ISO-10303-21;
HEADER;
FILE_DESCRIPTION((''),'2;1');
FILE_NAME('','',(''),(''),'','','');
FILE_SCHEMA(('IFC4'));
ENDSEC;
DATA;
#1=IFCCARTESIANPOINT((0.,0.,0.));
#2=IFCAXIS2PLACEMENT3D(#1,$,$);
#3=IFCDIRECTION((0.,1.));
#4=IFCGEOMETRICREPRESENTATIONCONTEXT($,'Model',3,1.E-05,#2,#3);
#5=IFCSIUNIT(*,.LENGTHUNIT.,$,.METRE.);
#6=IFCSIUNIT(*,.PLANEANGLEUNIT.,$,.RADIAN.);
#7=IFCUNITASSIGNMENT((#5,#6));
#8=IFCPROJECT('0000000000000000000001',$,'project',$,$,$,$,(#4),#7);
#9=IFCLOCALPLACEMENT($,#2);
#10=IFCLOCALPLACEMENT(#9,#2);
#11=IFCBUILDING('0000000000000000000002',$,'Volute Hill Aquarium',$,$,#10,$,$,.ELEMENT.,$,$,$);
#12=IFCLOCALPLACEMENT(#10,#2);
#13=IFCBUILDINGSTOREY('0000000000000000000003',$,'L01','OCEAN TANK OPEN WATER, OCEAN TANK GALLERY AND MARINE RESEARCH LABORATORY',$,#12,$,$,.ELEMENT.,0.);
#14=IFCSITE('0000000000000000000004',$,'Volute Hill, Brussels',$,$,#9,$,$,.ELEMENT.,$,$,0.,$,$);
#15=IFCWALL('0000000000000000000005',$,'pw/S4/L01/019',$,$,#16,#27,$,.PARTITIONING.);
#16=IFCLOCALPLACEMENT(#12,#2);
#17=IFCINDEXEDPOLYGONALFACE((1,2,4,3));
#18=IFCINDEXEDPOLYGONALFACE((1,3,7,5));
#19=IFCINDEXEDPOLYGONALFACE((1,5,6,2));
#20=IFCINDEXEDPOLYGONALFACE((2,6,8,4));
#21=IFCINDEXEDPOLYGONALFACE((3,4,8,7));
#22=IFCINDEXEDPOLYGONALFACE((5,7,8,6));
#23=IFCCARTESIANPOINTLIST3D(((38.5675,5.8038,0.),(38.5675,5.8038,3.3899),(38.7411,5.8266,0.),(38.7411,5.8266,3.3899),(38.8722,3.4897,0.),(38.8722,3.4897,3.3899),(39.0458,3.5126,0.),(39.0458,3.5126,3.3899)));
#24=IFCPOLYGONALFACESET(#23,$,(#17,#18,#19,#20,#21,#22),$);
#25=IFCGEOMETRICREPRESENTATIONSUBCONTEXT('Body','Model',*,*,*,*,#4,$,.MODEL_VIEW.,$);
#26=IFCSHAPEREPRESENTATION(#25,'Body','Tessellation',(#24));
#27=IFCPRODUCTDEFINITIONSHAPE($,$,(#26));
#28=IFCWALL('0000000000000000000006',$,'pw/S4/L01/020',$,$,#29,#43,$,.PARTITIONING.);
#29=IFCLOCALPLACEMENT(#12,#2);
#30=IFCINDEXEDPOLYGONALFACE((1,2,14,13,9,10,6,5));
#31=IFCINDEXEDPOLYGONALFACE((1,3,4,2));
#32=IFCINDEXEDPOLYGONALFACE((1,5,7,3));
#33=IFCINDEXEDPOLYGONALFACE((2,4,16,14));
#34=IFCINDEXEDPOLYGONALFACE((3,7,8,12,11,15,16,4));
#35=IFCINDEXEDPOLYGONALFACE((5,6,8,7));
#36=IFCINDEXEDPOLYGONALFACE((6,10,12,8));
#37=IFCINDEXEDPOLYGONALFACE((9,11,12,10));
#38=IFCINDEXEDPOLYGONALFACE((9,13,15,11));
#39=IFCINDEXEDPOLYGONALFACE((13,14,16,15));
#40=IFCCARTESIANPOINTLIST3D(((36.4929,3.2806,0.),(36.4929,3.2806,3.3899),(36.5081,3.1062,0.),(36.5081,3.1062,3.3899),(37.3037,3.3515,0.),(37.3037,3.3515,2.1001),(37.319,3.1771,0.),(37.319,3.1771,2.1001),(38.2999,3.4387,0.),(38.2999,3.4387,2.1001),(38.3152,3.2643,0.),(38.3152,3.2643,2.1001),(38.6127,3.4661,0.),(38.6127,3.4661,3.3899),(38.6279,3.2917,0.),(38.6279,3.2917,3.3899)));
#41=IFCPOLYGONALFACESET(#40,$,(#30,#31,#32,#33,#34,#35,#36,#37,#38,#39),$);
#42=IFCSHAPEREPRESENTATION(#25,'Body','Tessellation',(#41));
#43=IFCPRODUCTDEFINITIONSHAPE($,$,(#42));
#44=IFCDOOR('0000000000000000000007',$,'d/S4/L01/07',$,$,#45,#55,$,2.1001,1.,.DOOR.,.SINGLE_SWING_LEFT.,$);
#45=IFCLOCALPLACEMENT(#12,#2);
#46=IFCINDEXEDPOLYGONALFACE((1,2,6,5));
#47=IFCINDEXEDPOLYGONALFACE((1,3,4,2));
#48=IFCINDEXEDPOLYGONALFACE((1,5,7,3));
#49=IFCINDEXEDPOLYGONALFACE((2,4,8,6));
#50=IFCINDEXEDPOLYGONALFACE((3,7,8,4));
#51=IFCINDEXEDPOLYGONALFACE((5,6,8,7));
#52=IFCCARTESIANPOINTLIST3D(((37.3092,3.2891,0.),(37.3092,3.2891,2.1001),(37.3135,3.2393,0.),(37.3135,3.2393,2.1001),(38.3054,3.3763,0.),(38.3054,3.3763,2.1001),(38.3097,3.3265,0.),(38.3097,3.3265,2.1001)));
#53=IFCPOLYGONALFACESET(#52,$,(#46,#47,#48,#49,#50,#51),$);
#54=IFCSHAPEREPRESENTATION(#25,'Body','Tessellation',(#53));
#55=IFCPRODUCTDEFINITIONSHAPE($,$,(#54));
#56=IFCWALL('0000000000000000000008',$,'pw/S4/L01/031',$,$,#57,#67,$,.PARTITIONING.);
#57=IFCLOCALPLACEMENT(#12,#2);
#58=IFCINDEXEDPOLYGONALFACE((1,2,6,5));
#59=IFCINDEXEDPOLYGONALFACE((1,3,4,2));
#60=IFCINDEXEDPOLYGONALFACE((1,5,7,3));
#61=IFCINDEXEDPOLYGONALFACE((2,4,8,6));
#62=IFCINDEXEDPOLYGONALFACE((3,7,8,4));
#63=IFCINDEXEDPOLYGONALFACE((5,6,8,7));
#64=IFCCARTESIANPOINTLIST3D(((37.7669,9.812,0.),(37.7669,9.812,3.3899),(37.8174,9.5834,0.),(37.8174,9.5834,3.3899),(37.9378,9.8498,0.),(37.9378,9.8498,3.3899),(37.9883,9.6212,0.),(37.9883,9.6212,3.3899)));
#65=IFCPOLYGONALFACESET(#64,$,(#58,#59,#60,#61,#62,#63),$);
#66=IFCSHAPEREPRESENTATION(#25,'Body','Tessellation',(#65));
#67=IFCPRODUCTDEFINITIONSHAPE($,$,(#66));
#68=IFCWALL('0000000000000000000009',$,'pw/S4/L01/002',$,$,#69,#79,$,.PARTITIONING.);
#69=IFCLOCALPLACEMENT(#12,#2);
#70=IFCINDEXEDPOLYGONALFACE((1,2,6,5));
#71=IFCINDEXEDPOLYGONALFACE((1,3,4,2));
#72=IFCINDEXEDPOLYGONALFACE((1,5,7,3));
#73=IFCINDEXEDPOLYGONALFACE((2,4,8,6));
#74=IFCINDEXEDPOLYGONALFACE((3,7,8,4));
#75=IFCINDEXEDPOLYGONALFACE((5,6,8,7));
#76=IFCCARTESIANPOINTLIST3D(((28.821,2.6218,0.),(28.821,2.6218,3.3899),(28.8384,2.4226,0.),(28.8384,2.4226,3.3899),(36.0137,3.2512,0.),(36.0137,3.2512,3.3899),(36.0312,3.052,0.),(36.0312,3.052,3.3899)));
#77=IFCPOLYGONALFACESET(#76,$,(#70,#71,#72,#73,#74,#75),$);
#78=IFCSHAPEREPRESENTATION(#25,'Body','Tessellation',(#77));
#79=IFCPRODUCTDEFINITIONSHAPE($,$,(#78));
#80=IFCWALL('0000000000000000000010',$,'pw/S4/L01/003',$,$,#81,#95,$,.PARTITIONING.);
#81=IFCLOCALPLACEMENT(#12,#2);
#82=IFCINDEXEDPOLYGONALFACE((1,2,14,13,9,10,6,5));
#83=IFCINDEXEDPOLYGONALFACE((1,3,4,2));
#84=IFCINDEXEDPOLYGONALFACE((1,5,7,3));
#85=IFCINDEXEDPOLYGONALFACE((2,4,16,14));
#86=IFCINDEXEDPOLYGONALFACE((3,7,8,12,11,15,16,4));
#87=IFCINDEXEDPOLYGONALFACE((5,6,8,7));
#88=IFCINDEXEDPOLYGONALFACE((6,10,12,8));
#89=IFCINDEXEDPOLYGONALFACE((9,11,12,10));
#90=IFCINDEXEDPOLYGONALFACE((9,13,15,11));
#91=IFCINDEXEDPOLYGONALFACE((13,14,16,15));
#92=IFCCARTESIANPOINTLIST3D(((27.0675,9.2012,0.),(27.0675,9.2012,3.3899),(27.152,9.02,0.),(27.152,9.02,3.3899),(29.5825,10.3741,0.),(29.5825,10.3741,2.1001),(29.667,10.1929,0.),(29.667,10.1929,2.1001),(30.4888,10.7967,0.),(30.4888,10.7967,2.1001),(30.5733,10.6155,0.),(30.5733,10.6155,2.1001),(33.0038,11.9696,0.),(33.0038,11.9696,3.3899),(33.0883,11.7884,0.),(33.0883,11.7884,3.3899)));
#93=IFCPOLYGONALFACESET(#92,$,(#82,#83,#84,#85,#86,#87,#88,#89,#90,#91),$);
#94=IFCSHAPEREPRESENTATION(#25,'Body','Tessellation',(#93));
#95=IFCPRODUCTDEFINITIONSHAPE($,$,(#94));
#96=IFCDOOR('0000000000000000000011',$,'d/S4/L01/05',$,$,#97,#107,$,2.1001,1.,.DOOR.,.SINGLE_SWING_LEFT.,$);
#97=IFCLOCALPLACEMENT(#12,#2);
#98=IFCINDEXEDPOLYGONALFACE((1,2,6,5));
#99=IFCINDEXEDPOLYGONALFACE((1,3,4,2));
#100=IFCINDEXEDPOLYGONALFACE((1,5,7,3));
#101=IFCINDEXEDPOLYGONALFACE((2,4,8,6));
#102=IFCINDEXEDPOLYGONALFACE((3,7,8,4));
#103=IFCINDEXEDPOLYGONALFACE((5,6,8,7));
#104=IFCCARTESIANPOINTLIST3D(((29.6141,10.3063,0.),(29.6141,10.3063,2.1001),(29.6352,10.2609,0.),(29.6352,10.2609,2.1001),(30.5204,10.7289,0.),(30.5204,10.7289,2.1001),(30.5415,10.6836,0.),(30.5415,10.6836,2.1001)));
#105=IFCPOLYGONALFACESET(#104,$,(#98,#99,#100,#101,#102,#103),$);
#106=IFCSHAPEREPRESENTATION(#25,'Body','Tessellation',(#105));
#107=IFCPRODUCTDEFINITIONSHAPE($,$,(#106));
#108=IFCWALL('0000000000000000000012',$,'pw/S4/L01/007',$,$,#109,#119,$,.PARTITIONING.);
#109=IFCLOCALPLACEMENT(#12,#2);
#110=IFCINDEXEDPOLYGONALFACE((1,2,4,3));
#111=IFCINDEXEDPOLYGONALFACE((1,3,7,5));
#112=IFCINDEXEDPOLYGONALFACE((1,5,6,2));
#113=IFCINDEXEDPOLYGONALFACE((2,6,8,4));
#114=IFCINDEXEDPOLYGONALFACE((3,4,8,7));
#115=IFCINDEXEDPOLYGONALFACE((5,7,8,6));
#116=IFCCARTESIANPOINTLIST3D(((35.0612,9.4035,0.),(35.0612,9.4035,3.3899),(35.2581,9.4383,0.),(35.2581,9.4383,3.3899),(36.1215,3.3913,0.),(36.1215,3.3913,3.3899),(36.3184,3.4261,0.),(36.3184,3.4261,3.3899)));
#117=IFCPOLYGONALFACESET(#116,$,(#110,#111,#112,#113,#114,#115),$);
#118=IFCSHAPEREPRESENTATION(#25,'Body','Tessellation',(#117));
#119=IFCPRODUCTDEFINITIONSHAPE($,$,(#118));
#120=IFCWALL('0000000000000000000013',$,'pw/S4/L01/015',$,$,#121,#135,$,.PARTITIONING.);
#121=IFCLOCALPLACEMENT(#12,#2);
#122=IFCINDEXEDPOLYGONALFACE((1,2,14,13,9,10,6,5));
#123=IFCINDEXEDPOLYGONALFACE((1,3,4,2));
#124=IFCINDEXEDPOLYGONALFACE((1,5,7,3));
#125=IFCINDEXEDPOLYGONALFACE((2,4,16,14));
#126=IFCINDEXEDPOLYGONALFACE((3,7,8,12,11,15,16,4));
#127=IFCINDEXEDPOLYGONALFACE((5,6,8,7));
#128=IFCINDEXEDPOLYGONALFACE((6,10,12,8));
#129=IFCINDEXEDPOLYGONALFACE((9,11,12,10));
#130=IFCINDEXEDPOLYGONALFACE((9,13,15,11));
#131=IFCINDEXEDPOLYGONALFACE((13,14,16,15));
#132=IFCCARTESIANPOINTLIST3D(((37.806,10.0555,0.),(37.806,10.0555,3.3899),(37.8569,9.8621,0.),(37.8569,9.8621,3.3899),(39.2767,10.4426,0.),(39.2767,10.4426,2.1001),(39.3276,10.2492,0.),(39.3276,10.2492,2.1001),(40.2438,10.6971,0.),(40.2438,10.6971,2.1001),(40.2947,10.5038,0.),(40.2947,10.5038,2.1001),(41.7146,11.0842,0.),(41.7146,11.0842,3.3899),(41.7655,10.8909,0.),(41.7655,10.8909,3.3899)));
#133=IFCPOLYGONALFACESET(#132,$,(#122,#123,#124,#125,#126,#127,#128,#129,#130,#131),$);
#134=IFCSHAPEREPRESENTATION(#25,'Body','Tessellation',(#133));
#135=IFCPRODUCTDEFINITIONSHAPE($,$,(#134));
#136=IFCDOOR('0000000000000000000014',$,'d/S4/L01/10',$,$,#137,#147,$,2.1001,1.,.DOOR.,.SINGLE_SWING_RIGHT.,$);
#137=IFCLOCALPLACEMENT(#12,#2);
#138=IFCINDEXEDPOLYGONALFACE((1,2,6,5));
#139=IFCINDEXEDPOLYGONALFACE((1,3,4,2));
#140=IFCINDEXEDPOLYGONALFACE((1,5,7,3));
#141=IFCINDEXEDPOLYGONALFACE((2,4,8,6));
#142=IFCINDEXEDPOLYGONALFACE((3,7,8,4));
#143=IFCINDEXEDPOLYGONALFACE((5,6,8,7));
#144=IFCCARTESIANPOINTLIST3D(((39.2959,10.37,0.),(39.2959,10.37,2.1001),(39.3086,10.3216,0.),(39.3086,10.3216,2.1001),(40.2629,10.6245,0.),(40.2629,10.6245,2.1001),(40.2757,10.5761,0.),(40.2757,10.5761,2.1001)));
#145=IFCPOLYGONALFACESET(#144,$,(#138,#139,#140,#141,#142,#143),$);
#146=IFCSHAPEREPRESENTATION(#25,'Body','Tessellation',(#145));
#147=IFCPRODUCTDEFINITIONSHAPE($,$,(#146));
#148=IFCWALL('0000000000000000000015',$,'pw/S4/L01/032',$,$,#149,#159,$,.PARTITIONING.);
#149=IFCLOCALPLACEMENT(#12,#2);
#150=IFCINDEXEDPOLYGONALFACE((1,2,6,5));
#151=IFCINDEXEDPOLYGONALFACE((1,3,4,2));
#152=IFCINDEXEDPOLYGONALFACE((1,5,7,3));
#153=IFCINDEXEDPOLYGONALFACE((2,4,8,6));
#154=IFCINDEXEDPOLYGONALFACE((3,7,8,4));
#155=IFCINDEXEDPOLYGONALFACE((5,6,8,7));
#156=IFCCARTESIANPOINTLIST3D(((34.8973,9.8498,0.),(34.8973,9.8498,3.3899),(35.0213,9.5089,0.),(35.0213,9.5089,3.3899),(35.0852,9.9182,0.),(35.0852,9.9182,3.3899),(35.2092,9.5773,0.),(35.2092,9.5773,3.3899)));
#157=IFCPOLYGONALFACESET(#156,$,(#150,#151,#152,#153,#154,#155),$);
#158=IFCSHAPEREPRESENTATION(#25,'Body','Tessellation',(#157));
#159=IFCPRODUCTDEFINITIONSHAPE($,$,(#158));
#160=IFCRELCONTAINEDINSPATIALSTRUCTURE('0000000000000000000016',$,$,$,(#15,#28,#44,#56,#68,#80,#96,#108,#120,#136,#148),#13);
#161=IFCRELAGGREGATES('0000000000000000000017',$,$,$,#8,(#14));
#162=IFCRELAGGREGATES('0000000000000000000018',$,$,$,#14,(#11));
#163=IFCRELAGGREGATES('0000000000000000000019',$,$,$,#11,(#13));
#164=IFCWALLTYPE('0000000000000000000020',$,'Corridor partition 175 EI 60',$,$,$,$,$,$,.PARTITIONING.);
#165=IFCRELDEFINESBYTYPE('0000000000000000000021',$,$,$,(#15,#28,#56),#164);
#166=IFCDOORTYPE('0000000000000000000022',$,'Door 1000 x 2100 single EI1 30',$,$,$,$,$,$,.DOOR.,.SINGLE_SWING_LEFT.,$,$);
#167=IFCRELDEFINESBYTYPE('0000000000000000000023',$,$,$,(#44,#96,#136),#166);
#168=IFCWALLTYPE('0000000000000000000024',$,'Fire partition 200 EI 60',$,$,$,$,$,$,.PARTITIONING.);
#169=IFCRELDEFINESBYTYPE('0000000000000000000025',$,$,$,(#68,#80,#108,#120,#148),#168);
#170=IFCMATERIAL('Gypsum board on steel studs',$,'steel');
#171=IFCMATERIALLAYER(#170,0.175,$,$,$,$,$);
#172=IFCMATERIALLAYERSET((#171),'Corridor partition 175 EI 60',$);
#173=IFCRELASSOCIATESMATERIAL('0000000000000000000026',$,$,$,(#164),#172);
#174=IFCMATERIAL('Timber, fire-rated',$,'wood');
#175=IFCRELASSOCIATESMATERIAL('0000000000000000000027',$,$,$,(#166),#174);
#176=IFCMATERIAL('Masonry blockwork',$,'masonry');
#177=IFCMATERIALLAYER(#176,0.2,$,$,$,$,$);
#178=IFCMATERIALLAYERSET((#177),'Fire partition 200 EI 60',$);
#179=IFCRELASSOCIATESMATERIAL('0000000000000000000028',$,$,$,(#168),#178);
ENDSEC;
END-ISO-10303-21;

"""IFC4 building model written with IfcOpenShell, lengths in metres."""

from ifc_helpers import new_model, si_unit, direction, frame, frame_2d, origin, place, context, subcontext, project, spatial, rectangle, extrude, material, layer, layer_set, type_object, element, fill, save


model = new_model("IFC4")

# Units and contexts
model_context = context("Model", 3, precision=1e-05, world=origin(), true_north=direction((0.0, 1.0)))
body_context = subcontext(model_context, "Body", "Model", "MODEL_VIEW")
ifc_project = project(units=[si_unit("LENGTHUNIT", "METRE"), si_unit("PLANEANGLEUNIT", "RADIAN")], contexts=[model_context])

# Site, building, storey
site_placement = place(None, origin())
site = spatial("IfcSite", under=ifc_project, at=site_placement, Name="Volute Hill, Brussels", CompositionType="ELEMENT", RefElevation=0.0)
building_placement = place(site_placement, origin())
building = spatial("IfcBuilding", under=site, at=building_placement, Name="Volute Hill Aquarium", CompositionType="ELEMENT")
storey_placement = place(building_placement, origin())
storey = spatial("IfcBuildingStorey", under=building, at=storey_placement, Name="L01", Description="OCEAN TANK OPEN WATER, OCEAN TANK GALLERY AND MARINE RESEARCH LABORATORY", CompositionType="ELEMENT", Elevation=0.0)

# Shared definitions
ifc_material_1 = material(Name="Gypsum board on steel studs", Category="steel")
ifc_layer_1 = layer(ifc_material_1, 0.175)
ifc_layer_set_1 = layer_set([ifc_layer_1], Name="Corridor partition 175 EI 60")
wall_type_1 = type_object("IfcWallType", Name="Corridor partition 175 EI 60", PredefinedType="PARTITIONING", material=ifc_layer_set_1)

# Wall
wall_1_placement = place(storey_placement, frame((38.6543, 5.8152, 0.0), z_axis=(0.0, 0.0, 1.0), x_axis=(0.130547, -0.991442, 0.0)))
element("IfcWall", 1, at=wall_1_placement, inside=storey, type_object=wall_type_1, Name="pw/S4/L01/019", PredefinedType="PARTITIONING", context=body_context, shape_type="SweptSolid", body=[
    extrude(rectangle(XDim=2.334, YDim=0.175, at=frame_2d((1.167, 0.0))), origin(), (0.0, 0.0, 1.0), 3.3899),
])

# Wall, opening, door
wall_2_placement = place(storey_placement, frame((36.5005, 3.1934, 0.0), z_axis=(0.0, 0.0, 1.0), x_axis=(0.996191, 0.087194, 0.0)))
wall_2 = element("IfcWall", 2, at=wall_2_placement, inside=storey, type_object=wall_type_1, Name="pw/S4/L01/020", PredefinedType="PARTITIONING", context=body_context, shape_type="SweptSolid", body=[
    extrude(rectangle(XDim=2.1279, YDim=0.175, at=frame_2d((1.064, 0.0))), origin(), (0.0, 0.0, 1.0), 3.3899),
])
opening_1_placement = place(wall_2_placement, frame((0.814, 0.0, 0.0)))
opening_1 = element("IfcOpeningElement", 3, at=opening_1_placement, cuts=wall_2, PredefinedType="OPENING", context=body_context, shape_type="SweptSolid", body=[
    extrude(rectangle(XDim=1.0, YDim=2.1001, at=frame_2d((0.5, 1.05))), frame((0.0, 0.0974, 0.0), z_axis=(0.0, -1.0, 0.0), x_axis=(1.0, 0.0, 0.0)), (0.0, 0.0, 1.0), 0.1951),
])
ifc_material_2 = material(Name="Timber, fire-rated", Category="wood")
door_type_1 = type_object("IfcDoorType", Name="Door 1000 x 2100 single EI1 30", OperationType="SINGLE_SWING_LEFT", PredefinedType="DOOR", material=ifc_material_2)
door_1_placement = place(opening_1_placement, origin())
door_1 = element("IfcDoor", 4, at=door_1_placement, inside=storey, type_object=door_type_1, Name="d/S4/L01/07", OperationType="SINGLE_SWING_LEFT", OverallHeight=2.1001, OverallWidth=1.0, PredefinedType="DOOR", context=body_context, shape_type="SweptSolid", body=[
    extrude(rectangle(XDim=1.0, YDim=2.1001, at=frame_2d((0.5, 1.05))), frame((0.0, 0.0249, 0.0), z_axis=(0.0, -1.0, 0.0), x_axis=(1.0, 0.0, 0.0)), (0.0, 0.0, 1.0), 0.05),
])
fill(opening_1, door_1)

# Walls
wall_3_placement = place(storey_placement, frame((37.8523, 9.8311, 0.0), z_axis=(0.0, 0.0, 1.0), x_axis=(0.215936, -0.976407, 0.0)))
element("IfcWall", 5, at=wall_3_placement, inside=storey, type_object=wall_type_1, Name="pw/S4/L01/031", PredefinedType="PARTITIONING", context=body_context, shape_type="SweptSolid", body=[
    extrude(rectangle(XDim=0.2341, YDim=0.175, at=frame_2d((0.1172, 0.0))), origin(), (0.0, 0.0, 1.0), 3.3899),
])
ifc_material_3 = material(Name="Masonry blockwork", Category="masonry")
ifc_layer_2 = layer(ifc_material_3, 0.2)
ifc_layer_set_2 = layer_set([ifc_layer_2], Name="Fire partition 200 EI 60")
wall_type_2 = type_object("IfcWallType", Name="Fire partition 200 EI 60", PredefinedType="PARTITIONING", material=ifc_layer_set_2)
wall_4_placement = place(storey_placement, frame((36.0225, 3.1516, 0.0), z_axis=(0.0, 0.0, 1.0), x_axis=(-0.996193, -0.087172, 0.0)))
element("IfcWall", 6, at=wall_4_placement, inside=storey, type_object=wall_type_2, Name="pw/S4/L01/002", PredefinedType="PARTITIONING", context=body_context, shape_type="SweptSolid", body=[
    extrude(rectangle(XDim=7.2202, YDim=0.2, at=frame_2d((3.6101, 0.0))), origin(), (0.0, 0.0, 1.0), 3.3899),
])

# Wall, opening, door
wall_5_placement = place(storey_placement, frame((33.0459, 11.8789, 0.0), z_axis=(0.0, 0.0, 1.0), x_axis=(-0.906297, -0.422641, 0.0)))
wall_5 = element("IfcWall", 7, at=wall_5_placement, inside=storey, type_object=wall_type_2, Name="pw/S4/L01/003", PredefinedType="PARTITIONING", context=body_context, shape_type="SweptSolid", body=[
    extrude(rectangle(XDim=6.55, YDim=0.2, at=frame_2d((3.2749, 0.0))), origin(), (0.0, 0.0, 1.0), 3.3899),
])
opening_2_placement = place(wall_5_placement, frame((2.7749, 0.0, 0.0)))
opening_2 = element("IfcOpeningElement", 8, at=opening_2_placement, cuts=wall_5, PredefinedType="OPENING", context=body_context, shape_type="SweptSolid", body=[
    extrude(rectangle(XDim=1.0, YDim=2.1001, at=frame_2d((0.5, 1.05))), frame((0.0, 0.1099, 0.0), z_axis=(0.0, -1.0, 0.0), x_axis=(1.0, 0.0, 0.0)), (0.0, 0.0, 1.0), 0.22),
])
door_2_placement = place(opening_2_placement, origin())
door_2 = element("IfcDoor", 9, at=door_2_placement, inside=storey, type_object=door_type_1, Name="d/S4/L01/05", OperationType="SINGLE_SWING_LEFT", OverallHeight=2.1001, OverallWidth=1.0, PredefinedType="DOOR", context=body_context, shape_type="SweptSolid", body=[
    extrude(rectangle(XDim=1.0, YDim=2.1001, at=frame_2d((0.5, 1.05))), frame((0.0, 0.0249, 0.0), z_axis=(0.0, -1.0, 0.0), x_axis=(1.0, 0.0, 0.0)), (0.0, 0.0, 1.0), 0.05),
])
fill(opening_2, door_2)

# Wall
wall_6_placement = place(storey_placement, frame((35.1597, 9.4209, 0.0), z_axis=(0.0, 0.0, 1.0), x_axis=(0.173678, -0.984802, 0.0)))
element("IfcWall", 10, at=wall_6_placement, inside=storey, type_object=wall_type_2, Name="pw/S4/L01/007", PredefinedType="PARTITIONING", context=body_context, shape_type="SweptSolid", body=[
    extrude(rectangle(XDim=6.105, YDim=0.2, at=frame_2d((3.0525, 0.0))), origin(), (0.0, 0.0, 1.0), 3.3899),
])

# Wall, opening, door
wall_7_placement = place(storey_placement, frame((37.8313, 9.9587, 0.0), z_axis=(0.0, 0.0, 1.0), x_axis=(0.967062, 0.254541, 0.0)))
wall_7 = element("IfcWall", 11, at=wall_7_placement, inside=storey, type_object=wall_type_2, Name="pw/S4/L01/015", PredefinedType="PARTITIONING", context=body_context, shape_type="SweptSolid", body=[
    extrude(rectangle(XDim=4.0417, YDim=0.2, at=frame_2d((2.021, 0.0))), origin(), (0.0, 0.0, 1.0), 3.3899),
])
opening_3_placement = place(wall_7_placement, frame((1.521, 0.0, 0.0)))
opening_3 = element("IfcOpeningElement", 12, at=opening_3_placement, cuts=wall_7, PredefinedType="OPENING", context=body_context, shape_type="SweptSolid", body=[
    extrude(rectangle(XDim=1.0, YDim=2.1001, at=frame_2d((0.5, 1.05))), frame((0.0, 0.1099, 0.0), z_axis=(0.0, -1.0, 0.0), x_axis=(1.0, 0.0, 0.0)), (0.0, 0.0, 1.0), 0.22),
])
door_3_placement = place(opening_3_placement, origin())
door_3 = element("IfcDoor", 13, at=door_3_placement, inside=storey, type_object=door_type_1, Name="d/S4/L01/10", OperationType="SINGLE_SWING_RIGHT", OverallHeight=2.1001, OverallWidth=1.0, PredefinedType="DOOR", context=body_context, shape_type="SweptSolid", body=[
    extrude(rectangle(XDim=1.0, YDim=2.1001, at=frame_2d((0.5, 1.05))), frame((0.0, 0.0249, 0.0), z_axis=(0.0, -1.0, 0.0), x_axis=(1.0, 0.0, 0.0)), (0.0, 0.0, 1.0), 0.05),
])
fill(opening_3, door_3)

# Wall
wall_8_placement = place(storey_placement, frame((34.9912, 9.884, 0.0), z_axis=(0.0, 0.0, 1.0), x_axis=(0.341959, -0.939715, 0.0)))
element("IfcWall", 14, at=wall_8_placement, inside=storey, type_object=wall_type_2, Name="pw/S4/L01/032", PredefinedType="PARTITIONING", context=body_context, shape_type="SweptSolid", body=[
    extrude(rectangle(XDim=0.3628, YDim=0.2, at=frame_2d((0.1814, 0.0))), origin(), (0.0, 0.0, 1.0), 3.3899),
])

save(model, "model.ifc")
